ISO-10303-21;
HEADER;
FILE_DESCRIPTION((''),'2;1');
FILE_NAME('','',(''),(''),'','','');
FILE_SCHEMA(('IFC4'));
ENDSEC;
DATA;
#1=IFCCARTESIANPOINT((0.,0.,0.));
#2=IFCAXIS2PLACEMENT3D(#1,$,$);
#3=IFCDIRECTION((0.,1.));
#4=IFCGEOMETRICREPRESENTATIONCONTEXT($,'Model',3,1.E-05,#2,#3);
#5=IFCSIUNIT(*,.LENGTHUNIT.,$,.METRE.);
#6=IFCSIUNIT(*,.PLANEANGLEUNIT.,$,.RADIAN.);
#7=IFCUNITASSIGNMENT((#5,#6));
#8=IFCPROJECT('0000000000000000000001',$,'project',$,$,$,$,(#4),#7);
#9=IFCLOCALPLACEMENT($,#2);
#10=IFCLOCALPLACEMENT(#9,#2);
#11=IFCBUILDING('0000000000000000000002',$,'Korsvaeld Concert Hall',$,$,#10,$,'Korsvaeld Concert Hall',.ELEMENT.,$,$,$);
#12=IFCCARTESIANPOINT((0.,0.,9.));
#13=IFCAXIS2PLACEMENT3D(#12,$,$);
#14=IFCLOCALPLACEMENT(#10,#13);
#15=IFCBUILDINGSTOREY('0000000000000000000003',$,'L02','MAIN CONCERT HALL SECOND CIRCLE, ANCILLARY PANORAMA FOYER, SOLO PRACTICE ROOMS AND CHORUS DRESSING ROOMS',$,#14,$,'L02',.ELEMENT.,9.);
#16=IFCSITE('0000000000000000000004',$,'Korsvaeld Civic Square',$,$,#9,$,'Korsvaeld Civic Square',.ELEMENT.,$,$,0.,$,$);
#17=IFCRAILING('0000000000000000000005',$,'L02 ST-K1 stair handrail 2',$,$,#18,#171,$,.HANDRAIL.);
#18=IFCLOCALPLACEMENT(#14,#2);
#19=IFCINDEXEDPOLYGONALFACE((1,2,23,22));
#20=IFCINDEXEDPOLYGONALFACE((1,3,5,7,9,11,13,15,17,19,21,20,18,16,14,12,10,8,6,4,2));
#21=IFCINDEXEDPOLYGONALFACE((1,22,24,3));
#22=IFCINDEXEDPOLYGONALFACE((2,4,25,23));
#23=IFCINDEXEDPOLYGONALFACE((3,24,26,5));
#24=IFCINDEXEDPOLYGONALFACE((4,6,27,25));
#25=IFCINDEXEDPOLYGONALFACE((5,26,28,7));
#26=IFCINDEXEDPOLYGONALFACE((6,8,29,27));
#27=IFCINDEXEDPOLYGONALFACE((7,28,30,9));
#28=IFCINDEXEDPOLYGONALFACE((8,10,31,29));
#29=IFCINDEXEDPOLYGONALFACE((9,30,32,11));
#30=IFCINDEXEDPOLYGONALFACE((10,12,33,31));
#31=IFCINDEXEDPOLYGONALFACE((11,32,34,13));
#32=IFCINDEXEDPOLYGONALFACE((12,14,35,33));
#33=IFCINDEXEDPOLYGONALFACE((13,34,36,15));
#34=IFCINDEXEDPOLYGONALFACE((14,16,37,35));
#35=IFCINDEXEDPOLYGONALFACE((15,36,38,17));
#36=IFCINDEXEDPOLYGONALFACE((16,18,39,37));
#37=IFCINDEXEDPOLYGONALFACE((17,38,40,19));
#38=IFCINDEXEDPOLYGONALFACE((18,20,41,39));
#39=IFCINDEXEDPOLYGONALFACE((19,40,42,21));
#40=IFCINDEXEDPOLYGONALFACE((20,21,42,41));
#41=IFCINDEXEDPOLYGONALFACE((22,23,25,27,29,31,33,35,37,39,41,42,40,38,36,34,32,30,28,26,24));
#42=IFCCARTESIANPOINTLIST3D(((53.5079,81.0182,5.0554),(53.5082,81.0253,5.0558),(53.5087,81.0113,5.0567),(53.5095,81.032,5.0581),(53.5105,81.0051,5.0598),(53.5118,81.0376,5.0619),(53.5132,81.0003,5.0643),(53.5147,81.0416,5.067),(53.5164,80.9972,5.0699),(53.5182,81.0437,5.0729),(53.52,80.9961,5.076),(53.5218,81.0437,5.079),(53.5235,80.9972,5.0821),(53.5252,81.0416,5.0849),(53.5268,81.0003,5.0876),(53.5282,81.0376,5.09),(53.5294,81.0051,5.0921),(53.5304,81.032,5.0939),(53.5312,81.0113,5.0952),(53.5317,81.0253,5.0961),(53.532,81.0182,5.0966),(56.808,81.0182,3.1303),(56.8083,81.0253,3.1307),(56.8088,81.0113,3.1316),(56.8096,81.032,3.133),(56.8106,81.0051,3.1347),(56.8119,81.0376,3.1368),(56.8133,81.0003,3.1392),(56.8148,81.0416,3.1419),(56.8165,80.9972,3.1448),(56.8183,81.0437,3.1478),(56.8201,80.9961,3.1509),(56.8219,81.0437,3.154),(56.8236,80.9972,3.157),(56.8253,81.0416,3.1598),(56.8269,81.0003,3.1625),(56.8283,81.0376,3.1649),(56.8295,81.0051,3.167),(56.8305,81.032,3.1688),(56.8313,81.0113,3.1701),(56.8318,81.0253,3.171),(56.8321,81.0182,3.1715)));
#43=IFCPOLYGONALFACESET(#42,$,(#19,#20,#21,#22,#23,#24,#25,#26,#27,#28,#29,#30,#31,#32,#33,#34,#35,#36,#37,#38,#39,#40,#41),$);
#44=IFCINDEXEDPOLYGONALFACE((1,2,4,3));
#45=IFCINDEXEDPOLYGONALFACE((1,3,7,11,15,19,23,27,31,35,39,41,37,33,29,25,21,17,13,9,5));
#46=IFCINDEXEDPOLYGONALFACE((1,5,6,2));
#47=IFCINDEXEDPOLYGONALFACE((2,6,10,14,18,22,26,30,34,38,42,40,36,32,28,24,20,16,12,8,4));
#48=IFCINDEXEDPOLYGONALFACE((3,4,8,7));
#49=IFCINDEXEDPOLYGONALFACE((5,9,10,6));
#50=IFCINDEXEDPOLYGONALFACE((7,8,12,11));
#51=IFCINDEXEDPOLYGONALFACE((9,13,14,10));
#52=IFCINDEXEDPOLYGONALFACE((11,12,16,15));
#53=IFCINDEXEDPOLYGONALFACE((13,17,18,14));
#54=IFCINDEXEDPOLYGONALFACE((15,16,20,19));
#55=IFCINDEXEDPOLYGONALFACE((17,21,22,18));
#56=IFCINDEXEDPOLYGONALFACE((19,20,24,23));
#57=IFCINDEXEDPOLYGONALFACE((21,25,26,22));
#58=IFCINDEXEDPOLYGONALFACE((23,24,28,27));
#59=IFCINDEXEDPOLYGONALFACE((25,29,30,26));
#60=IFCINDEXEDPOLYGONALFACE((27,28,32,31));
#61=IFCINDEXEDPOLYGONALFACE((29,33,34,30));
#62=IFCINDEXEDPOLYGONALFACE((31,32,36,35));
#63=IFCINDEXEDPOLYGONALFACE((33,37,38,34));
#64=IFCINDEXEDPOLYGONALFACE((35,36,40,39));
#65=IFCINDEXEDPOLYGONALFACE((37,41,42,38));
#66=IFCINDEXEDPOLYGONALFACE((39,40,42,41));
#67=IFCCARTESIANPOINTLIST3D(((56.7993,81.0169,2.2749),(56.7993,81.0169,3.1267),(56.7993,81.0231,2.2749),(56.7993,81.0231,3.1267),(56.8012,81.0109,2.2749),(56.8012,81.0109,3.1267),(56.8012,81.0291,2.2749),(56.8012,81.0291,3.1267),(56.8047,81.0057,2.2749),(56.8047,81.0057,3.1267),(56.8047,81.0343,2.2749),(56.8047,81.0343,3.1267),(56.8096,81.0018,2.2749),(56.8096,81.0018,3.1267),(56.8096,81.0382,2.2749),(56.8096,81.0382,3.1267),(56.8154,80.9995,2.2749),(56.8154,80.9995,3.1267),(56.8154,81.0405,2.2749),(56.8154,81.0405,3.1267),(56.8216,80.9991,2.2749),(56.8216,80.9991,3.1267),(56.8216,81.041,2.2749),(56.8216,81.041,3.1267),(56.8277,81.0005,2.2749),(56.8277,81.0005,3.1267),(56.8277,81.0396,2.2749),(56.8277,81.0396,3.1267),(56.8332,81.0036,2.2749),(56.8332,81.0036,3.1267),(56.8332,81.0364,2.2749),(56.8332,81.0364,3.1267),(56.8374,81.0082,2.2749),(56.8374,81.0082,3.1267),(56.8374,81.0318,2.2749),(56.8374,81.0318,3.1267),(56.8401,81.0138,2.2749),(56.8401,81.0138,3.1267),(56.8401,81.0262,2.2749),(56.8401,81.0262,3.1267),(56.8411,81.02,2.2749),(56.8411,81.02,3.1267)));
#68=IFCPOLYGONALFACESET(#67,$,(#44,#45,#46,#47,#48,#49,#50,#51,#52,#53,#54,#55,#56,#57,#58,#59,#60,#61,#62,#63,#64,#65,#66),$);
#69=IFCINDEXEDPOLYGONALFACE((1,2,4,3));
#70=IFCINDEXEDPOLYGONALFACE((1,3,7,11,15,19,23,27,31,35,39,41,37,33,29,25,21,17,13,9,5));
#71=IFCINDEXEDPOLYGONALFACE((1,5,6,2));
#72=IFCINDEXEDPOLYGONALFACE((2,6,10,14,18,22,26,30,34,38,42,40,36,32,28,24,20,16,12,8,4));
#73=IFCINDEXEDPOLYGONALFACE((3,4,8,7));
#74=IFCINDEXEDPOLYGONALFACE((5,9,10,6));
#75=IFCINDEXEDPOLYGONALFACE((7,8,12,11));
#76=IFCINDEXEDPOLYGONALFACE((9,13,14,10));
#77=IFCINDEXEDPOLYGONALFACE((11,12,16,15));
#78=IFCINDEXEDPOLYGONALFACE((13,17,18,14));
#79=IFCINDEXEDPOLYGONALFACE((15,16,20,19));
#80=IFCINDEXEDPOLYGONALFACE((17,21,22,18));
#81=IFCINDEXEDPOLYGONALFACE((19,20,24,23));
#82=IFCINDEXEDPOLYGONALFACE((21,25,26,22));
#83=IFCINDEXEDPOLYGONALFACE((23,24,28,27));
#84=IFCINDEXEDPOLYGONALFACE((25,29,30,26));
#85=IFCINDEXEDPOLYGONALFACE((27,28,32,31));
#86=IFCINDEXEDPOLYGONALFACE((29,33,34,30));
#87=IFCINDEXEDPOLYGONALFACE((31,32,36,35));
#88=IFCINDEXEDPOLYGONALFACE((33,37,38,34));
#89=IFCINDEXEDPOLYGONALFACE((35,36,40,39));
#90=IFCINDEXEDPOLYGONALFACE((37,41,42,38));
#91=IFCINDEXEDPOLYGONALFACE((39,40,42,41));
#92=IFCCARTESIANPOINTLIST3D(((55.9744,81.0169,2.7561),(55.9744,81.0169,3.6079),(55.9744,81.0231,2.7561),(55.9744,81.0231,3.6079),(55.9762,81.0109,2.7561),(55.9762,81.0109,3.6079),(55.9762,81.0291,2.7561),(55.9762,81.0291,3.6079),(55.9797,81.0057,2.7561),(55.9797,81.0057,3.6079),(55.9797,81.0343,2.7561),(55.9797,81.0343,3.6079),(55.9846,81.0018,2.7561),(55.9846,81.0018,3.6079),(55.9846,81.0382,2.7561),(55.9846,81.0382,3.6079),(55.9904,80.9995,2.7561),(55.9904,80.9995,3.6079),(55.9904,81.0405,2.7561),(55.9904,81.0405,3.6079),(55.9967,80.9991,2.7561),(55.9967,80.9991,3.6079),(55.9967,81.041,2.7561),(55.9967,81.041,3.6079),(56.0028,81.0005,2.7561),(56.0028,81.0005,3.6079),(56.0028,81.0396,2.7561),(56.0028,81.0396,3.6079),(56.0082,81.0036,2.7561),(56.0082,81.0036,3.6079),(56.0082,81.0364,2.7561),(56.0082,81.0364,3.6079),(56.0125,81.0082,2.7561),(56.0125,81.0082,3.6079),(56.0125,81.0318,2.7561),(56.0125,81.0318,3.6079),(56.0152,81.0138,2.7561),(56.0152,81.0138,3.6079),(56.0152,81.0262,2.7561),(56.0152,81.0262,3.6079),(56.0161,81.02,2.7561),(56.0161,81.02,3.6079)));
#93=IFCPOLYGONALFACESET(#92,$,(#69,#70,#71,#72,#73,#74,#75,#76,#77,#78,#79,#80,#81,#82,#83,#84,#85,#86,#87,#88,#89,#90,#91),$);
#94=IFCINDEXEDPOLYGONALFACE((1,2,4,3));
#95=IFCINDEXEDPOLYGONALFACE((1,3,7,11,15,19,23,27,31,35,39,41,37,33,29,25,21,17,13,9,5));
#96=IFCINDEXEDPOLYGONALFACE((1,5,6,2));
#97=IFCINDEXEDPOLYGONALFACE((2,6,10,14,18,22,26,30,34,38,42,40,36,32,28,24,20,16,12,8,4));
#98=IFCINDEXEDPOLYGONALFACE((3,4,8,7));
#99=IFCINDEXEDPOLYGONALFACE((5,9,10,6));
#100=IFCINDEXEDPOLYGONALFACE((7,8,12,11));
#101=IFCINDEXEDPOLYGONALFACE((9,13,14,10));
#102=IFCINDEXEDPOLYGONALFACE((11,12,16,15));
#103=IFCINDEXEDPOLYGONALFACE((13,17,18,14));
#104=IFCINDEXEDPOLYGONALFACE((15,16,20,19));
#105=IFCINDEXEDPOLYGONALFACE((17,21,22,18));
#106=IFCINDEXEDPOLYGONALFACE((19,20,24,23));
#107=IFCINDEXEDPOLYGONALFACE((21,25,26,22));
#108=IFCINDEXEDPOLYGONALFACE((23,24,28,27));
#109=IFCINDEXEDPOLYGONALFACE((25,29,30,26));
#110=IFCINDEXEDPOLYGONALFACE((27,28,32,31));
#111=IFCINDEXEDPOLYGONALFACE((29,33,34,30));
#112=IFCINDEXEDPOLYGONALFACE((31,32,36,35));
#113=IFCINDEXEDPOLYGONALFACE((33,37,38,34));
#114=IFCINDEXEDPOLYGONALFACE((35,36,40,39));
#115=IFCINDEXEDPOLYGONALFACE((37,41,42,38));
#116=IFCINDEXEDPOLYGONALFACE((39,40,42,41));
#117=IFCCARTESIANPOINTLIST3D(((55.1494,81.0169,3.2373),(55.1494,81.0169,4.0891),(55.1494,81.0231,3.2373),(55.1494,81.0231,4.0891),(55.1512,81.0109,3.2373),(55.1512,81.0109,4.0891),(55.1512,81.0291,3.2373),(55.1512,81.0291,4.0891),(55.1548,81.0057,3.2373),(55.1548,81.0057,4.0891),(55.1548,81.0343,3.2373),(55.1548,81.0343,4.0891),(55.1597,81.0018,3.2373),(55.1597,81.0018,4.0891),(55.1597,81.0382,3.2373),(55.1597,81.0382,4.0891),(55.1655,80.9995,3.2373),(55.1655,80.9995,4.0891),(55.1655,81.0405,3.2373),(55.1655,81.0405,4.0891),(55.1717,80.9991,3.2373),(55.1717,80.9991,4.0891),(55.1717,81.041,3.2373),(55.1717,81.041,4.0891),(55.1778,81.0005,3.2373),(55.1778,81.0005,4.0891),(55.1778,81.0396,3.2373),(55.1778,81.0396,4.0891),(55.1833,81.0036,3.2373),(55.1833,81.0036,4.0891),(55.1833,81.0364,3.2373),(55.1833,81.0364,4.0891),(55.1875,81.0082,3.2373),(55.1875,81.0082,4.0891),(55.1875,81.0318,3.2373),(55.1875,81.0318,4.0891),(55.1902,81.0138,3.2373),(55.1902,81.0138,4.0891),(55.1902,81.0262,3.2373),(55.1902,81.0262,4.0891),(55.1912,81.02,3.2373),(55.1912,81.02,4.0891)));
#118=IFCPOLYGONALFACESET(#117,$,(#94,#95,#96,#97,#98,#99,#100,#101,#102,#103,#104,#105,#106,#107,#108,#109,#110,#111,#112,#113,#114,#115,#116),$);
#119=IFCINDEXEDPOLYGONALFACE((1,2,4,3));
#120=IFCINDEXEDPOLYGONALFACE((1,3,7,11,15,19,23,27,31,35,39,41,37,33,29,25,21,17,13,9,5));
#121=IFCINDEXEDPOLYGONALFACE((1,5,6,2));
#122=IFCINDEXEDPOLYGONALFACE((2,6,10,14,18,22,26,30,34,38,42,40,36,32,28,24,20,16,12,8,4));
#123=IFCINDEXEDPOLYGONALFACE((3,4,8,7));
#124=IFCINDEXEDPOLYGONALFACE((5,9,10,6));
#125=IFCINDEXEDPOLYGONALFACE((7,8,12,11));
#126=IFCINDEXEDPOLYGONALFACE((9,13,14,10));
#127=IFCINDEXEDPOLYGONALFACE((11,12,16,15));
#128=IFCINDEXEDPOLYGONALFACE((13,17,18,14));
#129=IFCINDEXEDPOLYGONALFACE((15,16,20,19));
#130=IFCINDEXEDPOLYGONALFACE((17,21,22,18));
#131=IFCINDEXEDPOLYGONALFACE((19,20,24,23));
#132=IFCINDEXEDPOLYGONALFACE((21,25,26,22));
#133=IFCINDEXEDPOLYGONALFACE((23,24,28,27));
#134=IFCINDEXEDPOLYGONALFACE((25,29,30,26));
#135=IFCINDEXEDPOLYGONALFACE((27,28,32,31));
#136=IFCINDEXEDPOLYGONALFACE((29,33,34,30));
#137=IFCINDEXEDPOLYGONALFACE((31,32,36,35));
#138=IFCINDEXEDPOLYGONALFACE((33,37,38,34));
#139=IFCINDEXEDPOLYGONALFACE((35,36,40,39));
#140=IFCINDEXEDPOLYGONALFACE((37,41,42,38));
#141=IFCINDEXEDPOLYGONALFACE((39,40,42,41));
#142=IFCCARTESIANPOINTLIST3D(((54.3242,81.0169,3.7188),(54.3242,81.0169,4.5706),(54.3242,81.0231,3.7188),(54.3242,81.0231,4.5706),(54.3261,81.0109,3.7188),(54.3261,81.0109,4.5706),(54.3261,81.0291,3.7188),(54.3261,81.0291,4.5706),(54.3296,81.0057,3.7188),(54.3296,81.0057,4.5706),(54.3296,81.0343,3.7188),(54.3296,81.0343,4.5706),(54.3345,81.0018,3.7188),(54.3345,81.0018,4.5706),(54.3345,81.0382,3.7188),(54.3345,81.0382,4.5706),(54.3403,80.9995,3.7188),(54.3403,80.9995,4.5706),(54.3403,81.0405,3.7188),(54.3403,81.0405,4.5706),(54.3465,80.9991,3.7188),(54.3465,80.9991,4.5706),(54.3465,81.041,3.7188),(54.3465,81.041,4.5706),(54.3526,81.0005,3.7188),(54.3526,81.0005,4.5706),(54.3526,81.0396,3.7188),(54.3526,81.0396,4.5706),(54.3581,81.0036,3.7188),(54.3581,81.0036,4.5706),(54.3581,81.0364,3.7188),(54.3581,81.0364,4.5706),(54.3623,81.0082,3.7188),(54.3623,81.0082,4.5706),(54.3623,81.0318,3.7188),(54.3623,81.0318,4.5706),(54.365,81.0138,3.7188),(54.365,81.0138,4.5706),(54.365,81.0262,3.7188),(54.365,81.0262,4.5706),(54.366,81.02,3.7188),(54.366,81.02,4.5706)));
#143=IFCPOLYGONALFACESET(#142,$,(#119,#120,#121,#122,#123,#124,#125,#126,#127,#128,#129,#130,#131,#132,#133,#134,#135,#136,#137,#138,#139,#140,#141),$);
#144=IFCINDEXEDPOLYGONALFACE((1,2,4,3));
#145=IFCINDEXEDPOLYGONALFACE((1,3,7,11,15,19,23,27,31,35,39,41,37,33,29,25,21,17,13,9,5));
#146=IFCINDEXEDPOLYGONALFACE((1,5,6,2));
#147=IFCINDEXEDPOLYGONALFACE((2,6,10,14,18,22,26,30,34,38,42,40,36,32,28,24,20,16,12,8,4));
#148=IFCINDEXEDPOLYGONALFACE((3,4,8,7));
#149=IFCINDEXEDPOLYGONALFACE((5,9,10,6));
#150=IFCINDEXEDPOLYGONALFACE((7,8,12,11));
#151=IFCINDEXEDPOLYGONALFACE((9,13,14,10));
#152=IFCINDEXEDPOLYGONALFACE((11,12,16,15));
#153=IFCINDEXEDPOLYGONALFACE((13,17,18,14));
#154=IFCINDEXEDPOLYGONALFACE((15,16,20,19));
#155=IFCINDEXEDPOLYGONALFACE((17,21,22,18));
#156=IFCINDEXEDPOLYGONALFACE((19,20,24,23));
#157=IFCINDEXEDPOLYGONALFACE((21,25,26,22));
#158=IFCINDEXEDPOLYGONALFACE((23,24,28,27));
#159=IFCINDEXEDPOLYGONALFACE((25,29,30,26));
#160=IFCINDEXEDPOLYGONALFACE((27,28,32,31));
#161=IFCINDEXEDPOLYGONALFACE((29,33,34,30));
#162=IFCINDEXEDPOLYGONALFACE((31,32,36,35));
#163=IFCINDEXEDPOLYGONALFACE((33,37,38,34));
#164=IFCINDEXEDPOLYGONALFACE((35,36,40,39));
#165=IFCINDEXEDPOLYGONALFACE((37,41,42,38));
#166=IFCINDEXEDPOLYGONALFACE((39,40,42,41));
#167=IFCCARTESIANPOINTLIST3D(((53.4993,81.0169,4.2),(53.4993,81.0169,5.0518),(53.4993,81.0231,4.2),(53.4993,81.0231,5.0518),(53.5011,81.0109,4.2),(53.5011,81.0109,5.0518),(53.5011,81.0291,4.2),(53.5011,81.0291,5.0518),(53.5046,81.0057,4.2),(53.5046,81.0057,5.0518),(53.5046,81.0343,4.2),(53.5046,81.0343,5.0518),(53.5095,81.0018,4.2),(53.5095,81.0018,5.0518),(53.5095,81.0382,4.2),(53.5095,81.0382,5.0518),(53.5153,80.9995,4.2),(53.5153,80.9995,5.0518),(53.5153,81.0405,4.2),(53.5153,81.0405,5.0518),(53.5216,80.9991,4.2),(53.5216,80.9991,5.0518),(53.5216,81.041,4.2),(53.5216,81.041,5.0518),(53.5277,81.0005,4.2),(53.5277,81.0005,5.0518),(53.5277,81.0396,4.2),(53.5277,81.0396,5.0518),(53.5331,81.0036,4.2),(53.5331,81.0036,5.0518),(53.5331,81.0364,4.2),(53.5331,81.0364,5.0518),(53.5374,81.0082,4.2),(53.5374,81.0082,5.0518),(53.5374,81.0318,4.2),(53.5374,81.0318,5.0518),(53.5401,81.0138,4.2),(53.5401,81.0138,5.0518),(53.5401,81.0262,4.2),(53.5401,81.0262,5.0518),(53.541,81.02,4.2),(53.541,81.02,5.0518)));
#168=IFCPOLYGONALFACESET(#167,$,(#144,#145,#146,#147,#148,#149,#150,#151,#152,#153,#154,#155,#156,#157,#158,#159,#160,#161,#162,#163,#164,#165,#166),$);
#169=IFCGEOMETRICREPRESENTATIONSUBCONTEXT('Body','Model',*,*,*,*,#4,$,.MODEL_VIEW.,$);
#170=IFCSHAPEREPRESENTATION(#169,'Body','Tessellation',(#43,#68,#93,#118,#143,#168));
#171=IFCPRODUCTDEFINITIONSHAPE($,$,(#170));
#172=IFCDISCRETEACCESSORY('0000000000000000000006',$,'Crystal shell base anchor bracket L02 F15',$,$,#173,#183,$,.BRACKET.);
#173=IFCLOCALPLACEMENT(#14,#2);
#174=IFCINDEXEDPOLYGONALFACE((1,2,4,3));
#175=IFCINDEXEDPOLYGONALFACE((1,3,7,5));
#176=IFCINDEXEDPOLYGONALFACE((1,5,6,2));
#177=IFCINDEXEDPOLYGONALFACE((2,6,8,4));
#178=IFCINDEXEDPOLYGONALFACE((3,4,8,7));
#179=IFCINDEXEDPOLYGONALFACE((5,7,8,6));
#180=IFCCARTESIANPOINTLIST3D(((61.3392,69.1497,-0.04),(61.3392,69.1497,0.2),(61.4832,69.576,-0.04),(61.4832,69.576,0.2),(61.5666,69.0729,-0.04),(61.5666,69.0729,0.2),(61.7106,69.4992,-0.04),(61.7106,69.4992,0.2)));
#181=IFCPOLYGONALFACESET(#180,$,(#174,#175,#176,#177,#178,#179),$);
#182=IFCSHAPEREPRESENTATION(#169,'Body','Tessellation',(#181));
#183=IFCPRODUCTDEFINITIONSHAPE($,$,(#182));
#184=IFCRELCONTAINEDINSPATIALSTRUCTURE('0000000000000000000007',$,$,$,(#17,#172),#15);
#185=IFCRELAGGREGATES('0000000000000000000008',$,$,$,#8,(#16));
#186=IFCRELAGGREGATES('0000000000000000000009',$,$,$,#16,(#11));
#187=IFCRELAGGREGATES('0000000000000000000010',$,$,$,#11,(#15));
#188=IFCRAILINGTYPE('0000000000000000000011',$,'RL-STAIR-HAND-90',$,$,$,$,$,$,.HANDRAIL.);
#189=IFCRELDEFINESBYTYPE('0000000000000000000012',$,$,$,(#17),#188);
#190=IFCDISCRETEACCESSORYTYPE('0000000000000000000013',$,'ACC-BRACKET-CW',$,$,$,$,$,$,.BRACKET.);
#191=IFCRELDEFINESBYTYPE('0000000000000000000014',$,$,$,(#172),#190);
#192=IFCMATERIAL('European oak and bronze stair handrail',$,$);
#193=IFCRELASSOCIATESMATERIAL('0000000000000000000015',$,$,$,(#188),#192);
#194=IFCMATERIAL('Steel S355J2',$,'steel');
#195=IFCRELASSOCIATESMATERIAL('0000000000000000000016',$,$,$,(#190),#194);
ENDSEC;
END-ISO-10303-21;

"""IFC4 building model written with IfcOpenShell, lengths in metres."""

from ifc_helpers import new_model, si_unit, direction, frame, origin, origin_2d, place, context, subcontext, project, spatial, rectangle, circle, extrude, material, type_object, element, save


model = new_model("IFC4")

# Units and contexts
model_context = context("Model", 3, precision=1e-05, world=origin(), true_north=direction((0.0, 1.0)))
body_context = subcontext(model_context, "Body", "Model", "MODEL_VIEW")
ifc_project = project(units=[si_unit("LENGTHUNIT", "METRE"), si_unit("PLANEANGLEUNIT", "RADIAN")], contexts=[model_context])

# Site, building, storey
site_placement = place(None, origin())
site = spatial("IfcSite", under=ifc_project, at=site_placement, Name="Korsvaeld Civic Square", LongName="Korsvaeld Civic Square", CompositionType="ELEMENT", RefElevation=0.0)
building_placement = place(site_placement, origin())
building = spatial("IfcBuilding", under=site, at=building_placement, Name="Korsvaeld Concert Hall", LongName="Korsvaeld Concert Hall", CompositionType="ELEMENT")
storey_placement = place(building_placement, frame((0.0, 0.0, 9.0)))
storey = spatial("IfcBuildingStorey", under=building, at=storey_placement, Name="L02", Description="MAIN CONCERT HALL SECOND CIRCLE, ANCILLARY PANORAMA FOYER, SOLO PRACTICE ROOMS AND CHORUS DRESSING ROOMS", LongName="L02", CompositionType="ELEMENT", Elevation=9.0)

# Railing
ifc_material_1 = material(Name="European oak and bronze stair handrail")
railing_type_1 = type_object("IfcRailingType", Name="RL-STAIR-HAND-90", PredefinedType="HANDRAIL", material=ifc_material_1)
railing_1_placement = place(storey_placement, frame((56.8201, 81.02, 2.2749)))
element("IfcRailing", 1, at=railing_1_placement, inside=storey, type_object=railing_type_1, Name="L02 ST-K1 stair handrail 2", PredefinedType="HANDRAIL", context=body_context, shape_type="SweptSolid", body=[
    extrude(circle(Radius=0.0239, at=origin_2d()), frame((0.0, 0.0, 0.876), z_axis=(-0.863777, 0.0, 0.503875), x_axis=(0.0, -1.0, 0.0)), (0.0, 0.0, 1.0), 3.8206),
    extrude(circle(Radius=0.021, at=origin_2d()), origin(), (0.0, 0.0, 1.0), 0.8518),
    extrude(circle(Radius=0.021, at=origin_2d()), frame((-0.825, 0.0, 0.4812)), (0.0, 0.0, 1.0), 0.8518),
    extrude(circle(Radius=0.021, at=origin_2d()), frame((-1.6499, 0.0, 0.9624)), (0.0, 0.0, 1.0), 0.8518),
    extrude(circle(Radius=0.021, at=origin_2d()), frame((-2.4751, 0.0, 1.4438)), (0.0, 0.0, 1.0), 0.8518),
    extrude(circle(Radius=0.021, at=origin_2d()), frame((-3.3, 0.0, 1.925)), (0.0, 0.0, 1.0), 0.8518),
])

# Discrete accessory
ifc_material_2 = material(Name="Steel S355J2", Category="steel")
discrete_accessory_type = type_object("IfcDiscreteAccessoryType", Name="ACC-BRACKET-CW", PredefinedType="BRACKET", material=ifc_material_2)
discrete_accessory_placement = place(storey_placement, frame((61.5249, 69.3245, -0.04), z_axis=(0.0, 0.0, 1.0), x_axis=(-0.319952, -0.947434, 0.0)))
element("IfcDiscreteAccessory", 2, at=discrete_accessory_placement, inside=storey, type_object=discrete_accessory_type, Name="Crystal shell base anchor bracket L02 F15", PredefinedType="BRACKET", context=body_context, shape_type="SweptSolid", body=[
    extrude(rectangle(XDim=0.45, YDim=0.24, at=origin_2d()), origin(), (0.0, 0.0, 1.0), 0.24),
])

save(model, "model.ifc")
